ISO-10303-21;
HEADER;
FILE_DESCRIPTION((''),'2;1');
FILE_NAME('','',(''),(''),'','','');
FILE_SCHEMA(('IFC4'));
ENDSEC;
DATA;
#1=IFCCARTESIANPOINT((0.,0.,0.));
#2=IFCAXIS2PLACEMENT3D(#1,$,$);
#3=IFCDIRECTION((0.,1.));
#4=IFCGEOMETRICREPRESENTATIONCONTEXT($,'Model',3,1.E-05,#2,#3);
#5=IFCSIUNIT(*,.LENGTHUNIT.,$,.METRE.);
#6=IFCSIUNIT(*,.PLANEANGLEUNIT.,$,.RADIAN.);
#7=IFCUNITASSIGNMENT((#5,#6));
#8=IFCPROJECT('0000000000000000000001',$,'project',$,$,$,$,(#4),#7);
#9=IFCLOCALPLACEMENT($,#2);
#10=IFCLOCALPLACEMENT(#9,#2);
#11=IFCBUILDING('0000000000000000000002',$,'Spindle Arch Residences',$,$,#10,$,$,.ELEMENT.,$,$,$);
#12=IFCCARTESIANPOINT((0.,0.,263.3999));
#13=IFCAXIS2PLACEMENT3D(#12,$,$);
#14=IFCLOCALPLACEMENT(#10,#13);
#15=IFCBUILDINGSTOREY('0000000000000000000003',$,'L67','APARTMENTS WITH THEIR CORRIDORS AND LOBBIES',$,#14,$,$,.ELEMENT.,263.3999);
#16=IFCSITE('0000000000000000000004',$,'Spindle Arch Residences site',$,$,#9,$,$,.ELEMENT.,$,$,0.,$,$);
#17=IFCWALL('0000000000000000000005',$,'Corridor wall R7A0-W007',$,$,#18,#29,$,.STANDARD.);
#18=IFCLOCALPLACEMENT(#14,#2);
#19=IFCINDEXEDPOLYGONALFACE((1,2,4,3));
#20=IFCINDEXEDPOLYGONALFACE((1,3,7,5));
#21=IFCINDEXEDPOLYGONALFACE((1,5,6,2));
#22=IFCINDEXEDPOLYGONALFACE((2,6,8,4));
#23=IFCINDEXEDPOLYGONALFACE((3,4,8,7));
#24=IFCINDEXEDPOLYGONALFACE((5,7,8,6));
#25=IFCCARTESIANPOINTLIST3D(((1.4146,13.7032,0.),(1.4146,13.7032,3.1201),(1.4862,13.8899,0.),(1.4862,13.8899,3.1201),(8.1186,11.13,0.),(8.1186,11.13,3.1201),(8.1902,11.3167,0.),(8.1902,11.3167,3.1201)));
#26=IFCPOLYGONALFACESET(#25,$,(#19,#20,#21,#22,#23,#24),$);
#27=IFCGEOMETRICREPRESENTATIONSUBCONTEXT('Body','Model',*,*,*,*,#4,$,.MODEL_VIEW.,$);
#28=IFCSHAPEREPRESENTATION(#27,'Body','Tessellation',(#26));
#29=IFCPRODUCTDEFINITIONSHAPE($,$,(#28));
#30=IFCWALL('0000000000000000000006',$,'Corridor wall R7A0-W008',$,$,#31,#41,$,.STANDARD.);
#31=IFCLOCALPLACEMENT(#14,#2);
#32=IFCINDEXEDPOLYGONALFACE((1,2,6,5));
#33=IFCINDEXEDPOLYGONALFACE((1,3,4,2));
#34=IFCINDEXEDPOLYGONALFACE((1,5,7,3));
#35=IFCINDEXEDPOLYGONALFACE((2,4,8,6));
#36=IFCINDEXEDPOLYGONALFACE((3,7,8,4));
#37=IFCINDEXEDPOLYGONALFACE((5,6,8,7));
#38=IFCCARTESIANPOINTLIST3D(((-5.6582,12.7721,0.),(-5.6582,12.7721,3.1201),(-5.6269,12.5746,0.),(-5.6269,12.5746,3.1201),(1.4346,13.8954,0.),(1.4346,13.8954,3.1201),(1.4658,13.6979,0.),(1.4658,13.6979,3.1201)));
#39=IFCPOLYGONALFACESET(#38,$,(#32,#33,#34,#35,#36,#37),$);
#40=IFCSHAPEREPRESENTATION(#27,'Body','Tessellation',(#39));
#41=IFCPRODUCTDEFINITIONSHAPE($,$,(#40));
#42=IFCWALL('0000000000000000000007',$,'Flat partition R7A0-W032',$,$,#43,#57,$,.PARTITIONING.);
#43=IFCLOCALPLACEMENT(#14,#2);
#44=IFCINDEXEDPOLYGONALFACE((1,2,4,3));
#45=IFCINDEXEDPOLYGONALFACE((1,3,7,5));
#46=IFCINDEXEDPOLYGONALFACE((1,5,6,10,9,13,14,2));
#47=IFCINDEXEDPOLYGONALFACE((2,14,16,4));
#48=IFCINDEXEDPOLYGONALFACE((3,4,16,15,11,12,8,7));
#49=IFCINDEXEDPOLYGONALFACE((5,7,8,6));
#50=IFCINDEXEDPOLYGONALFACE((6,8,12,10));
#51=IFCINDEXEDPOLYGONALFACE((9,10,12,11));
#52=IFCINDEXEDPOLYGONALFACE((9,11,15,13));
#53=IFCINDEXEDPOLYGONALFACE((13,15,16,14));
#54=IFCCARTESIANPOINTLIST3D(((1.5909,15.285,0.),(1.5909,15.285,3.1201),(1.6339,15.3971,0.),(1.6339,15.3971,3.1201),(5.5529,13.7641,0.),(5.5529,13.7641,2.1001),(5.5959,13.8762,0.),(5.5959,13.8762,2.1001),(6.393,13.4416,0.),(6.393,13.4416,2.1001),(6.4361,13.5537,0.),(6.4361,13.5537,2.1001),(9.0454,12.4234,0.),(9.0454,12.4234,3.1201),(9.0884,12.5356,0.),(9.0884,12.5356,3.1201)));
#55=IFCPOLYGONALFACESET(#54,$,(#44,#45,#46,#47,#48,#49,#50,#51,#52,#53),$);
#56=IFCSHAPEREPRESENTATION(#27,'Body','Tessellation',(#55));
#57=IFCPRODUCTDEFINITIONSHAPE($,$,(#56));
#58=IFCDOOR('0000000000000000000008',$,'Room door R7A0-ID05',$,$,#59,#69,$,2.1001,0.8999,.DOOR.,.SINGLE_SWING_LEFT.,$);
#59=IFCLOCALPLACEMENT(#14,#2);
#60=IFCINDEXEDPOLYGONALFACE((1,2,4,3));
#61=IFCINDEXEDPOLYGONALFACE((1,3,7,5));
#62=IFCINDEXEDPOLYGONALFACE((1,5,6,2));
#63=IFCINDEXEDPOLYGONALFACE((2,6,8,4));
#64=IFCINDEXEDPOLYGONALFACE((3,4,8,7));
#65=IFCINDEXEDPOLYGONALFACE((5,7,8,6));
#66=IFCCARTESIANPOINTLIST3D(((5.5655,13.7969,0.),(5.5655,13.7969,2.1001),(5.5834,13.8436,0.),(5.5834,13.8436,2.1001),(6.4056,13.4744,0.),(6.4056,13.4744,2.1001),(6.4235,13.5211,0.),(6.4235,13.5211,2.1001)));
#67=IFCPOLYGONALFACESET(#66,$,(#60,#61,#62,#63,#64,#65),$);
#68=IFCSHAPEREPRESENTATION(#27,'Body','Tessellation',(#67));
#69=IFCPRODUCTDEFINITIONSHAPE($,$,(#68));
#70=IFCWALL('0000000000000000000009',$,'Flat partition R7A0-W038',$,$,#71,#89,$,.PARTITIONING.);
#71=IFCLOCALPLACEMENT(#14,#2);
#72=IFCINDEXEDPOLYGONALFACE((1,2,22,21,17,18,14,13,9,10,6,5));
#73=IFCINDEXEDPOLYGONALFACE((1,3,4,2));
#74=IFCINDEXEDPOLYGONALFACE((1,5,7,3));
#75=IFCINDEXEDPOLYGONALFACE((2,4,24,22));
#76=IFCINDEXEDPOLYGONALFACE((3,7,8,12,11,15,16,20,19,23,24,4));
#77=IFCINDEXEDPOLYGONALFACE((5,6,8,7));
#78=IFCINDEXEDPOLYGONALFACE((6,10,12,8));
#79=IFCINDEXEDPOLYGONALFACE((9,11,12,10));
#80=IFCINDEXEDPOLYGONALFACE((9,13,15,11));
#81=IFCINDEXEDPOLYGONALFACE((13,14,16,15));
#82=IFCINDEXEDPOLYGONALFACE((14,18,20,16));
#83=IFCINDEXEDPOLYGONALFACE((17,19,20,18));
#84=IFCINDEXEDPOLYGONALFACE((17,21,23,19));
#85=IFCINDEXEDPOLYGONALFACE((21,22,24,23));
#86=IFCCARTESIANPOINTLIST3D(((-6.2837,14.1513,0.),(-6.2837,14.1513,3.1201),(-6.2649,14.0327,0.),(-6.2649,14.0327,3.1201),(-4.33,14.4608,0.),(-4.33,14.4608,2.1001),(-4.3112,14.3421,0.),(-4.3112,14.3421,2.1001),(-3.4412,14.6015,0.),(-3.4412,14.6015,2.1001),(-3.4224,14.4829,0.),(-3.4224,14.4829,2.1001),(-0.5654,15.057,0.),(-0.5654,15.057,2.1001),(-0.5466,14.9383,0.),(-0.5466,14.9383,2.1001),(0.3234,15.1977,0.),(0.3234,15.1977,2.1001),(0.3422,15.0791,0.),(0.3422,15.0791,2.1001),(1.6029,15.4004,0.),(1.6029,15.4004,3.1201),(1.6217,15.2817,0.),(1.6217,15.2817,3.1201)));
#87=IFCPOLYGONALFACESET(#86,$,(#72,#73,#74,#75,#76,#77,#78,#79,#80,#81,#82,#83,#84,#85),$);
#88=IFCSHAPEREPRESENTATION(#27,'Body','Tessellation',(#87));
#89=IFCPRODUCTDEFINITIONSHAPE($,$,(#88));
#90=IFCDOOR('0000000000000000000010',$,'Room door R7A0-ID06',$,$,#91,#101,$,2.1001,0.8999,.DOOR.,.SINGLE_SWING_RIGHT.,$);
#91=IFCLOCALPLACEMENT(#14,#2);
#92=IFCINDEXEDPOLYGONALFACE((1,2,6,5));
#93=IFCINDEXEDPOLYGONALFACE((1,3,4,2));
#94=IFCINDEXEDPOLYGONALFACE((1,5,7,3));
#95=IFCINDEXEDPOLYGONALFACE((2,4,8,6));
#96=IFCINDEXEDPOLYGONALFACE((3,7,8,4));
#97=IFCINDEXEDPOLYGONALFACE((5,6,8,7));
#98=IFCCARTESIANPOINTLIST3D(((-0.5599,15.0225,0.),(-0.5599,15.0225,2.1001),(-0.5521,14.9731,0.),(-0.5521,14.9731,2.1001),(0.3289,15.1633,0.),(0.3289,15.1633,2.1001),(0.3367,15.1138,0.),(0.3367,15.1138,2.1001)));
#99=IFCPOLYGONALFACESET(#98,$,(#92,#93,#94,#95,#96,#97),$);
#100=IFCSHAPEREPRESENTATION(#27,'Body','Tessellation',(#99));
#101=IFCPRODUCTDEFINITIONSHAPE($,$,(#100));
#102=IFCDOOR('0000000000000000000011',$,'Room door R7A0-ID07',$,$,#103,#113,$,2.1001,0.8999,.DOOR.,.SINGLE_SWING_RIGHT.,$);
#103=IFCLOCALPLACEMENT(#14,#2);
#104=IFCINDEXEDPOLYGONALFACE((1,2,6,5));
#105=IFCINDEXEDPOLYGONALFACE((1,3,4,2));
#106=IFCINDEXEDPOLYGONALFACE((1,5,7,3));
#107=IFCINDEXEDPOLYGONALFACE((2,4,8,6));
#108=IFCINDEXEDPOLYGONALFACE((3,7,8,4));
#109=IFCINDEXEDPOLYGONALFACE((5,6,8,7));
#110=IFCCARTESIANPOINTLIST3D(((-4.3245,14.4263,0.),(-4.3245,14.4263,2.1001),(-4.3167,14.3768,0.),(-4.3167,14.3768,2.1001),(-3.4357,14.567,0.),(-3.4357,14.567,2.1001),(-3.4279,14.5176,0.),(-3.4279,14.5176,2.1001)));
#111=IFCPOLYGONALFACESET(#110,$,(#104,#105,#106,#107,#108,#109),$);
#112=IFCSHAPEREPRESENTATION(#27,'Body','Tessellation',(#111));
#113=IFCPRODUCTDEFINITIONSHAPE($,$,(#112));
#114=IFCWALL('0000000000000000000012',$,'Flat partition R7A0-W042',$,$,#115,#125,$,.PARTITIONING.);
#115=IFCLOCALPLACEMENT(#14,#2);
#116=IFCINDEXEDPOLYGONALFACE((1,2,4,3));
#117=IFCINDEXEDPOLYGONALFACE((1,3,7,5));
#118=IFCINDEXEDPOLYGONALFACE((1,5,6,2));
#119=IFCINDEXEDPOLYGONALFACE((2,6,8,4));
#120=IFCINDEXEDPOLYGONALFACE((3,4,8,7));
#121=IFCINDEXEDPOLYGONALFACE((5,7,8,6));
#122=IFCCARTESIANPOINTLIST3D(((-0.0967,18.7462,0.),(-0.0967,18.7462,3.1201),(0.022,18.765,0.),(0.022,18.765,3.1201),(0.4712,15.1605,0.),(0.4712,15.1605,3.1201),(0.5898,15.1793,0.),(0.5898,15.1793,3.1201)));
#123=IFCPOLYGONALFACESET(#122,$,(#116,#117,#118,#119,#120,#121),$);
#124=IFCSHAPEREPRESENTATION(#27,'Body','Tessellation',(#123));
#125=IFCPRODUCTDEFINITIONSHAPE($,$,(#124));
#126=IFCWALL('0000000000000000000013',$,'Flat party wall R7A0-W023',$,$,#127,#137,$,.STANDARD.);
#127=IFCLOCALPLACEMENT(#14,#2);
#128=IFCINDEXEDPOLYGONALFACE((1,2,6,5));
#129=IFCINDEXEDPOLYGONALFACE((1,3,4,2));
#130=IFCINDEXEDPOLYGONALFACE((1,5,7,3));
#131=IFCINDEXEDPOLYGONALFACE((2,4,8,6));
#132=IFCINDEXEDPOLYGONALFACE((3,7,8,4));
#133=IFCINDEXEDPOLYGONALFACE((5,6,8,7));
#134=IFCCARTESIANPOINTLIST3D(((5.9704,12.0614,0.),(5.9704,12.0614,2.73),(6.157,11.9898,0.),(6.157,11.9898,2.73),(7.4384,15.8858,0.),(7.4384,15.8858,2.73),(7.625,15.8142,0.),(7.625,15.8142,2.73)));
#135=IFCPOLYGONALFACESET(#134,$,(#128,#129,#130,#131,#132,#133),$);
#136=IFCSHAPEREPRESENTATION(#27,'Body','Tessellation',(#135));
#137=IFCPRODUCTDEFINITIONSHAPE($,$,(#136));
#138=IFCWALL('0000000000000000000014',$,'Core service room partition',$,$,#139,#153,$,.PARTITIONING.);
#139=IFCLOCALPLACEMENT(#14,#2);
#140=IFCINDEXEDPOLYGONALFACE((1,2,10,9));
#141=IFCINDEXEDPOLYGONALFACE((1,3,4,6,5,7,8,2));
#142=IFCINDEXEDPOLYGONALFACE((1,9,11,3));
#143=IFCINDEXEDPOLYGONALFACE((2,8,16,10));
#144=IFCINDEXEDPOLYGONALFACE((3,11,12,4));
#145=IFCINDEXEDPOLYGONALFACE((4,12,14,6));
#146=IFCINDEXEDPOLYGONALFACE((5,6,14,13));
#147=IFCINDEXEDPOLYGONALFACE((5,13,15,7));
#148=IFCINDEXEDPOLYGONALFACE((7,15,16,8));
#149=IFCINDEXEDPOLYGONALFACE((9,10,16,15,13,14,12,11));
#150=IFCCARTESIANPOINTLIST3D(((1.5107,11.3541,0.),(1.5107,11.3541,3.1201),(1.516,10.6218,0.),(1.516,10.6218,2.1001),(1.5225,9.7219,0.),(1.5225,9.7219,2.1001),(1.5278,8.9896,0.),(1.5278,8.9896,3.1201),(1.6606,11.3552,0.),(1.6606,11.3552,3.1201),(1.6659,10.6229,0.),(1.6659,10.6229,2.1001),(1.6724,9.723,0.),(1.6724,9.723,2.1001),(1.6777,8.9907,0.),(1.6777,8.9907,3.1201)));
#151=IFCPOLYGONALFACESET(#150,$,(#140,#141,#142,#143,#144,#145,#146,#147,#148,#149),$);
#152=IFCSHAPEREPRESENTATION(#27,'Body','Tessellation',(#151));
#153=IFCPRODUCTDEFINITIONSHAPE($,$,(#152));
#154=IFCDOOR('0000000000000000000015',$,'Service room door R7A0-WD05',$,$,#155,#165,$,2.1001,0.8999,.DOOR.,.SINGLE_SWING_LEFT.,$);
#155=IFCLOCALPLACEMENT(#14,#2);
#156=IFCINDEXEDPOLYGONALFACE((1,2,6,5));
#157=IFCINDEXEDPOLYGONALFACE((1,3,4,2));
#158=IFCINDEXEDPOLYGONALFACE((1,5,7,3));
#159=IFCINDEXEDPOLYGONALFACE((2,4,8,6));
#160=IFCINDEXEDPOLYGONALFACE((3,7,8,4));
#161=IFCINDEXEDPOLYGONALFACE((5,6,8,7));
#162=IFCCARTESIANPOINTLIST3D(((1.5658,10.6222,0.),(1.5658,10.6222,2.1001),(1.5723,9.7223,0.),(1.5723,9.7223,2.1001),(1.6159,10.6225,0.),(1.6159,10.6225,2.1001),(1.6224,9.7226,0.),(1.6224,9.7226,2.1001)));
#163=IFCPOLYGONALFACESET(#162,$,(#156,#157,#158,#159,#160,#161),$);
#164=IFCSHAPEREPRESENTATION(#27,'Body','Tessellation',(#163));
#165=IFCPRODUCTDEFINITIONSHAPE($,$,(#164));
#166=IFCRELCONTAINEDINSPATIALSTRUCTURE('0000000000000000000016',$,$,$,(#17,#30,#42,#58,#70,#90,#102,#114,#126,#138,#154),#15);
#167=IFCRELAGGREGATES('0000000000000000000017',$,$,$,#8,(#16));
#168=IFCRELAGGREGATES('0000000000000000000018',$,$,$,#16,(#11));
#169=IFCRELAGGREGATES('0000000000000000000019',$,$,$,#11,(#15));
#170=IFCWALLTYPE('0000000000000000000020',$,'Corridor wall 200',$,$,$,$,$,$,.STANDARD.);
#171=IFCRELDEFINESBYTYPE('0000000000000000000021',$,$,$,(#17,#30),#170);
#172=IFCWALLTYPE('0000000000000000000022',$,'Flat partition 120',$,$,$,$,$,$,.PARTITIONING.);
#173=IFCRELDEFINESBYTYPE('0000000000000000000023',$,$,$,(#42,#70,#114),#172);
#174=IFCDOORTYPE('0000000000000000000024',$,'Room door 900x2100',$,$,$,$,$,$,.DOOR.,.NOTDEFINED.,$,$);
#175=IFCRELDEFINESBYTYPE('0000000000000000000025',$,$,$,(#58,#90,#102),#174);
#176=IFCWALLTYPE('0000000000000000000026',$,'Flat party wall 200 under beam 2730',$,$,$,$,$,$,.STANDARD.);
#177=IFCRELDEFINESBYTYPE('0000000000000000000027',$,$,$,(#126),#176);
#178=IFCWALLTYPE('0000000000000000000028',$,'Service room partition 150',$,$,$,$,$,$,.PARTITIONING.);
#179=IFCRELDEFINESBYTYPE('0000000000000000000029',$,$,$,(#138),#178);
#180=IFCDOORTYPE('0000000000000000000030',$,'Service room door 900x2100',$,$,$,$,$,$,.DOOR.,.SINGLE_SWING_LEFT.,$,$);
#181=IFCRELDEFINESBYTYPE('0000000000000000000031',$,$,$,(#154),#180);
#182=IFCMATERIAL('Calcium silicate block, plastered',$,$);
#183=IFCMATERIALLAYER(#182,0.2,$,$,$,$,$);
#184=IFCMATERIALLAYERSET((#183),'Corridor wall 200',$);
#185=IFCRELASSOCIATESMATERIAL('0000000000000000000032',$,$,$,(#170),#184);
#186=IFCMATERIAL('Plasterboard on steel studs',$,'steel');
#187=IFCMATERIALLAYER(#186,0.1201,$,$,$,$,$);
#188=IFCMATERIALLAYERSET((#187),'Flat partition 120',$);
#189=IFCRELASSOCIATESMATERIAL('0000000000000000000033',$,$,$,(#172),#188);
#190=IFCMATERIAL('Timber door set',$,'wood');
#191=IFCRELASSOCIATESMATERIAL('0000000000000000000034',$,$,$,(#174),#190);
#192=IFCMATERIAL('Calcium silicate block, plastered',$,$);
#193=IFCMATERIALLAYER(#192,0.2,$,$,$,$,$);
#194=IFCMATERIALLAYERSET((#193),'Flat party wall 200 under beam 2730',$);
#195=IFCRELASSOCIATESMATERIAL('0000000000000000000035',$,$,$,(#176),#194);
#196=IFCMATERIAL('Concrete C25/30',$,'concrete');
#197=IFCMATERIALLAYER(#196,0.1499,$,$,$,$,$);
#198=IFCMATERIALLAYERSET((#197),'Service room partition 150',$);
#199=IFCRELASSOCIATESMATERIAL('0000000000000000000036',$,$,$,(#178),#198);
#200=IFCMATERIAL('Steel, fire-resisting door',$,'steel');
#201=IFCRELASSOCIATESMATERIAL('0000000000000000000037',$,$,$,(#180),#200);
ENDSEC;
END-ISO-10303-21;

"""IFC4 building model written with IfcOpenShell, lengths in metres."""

from ifc_helpers import new_model, si_unit, direction, frame, frame_2d, origin, place, context, subcontext, project, spatial, rectangle, extrude, material, layer, layer_set, type_object, element, fill, save


model = new_model("IFC4")

# Units and contexts
model_context = context("Model", 3, precision=1e-05, world=origin(), true_north=direction((0.0, 1.0)))
body_context = subcontext(model_context, "Body", "Model", "MODEL_VIEW")
ifc_project = project(units=[si_unit("LENGTHUNIT", "METRE"), si_unit("PLANEANGLEUNIT", "RADIAN")], contexts=[model_context])

# Site, building, storey
site_placement = place(None, origin())
site = spatial("IfcSite", under=ifc_project, at=site_placement, Name="Spindle Arch Residences site", CompositionType="ELEMENT", RefElevation=0.0)
building_placement = place(site_placement, origin())
building = spatial("IfcBuilding", under=site, at=building_placement, Name="Spindle Arch Residences", CompositionType="ELEMENT")
storey_placement = place(building_placement, frame((0.0, 0.0, 263.3999)))
storey = spatial("IfcBuildingStorey", under=building, at=storey_placement, Name="L67", Description="APARTMENTS WITH THEIR CORRIDORS AND LOBBIES", CompositionType="ELEMENT", Elevation=263.3999)

# Walls
ifc_material_1 = material(Name="Calcium silicate block, plastered")
ifc_layer_1 = layer(ifc_material_1, 0.2)
ifc_layer_set_1 = layer_set([ifc_layer_1], Name="Corridor wall 200")
wall_type_1 = type_object("IfcWallType", Name="Corridor wall 200", PredefinedType="STANDARD", material=ifc_layer_set_1)
wall_1_placement = place(storey_placement, frame((8.1543, 11.2234, 0.0), z_axis=(0.0, 0.0, 1.0), x_axis=(-0.933591, 0.358341, 0.0)))
element("IfcWall", 1, at=wall_1_placement, inside=storey, type_object=wall_type_1, Name="Corridor wall R7A0-W007", PredefinedType="STANDARD", context=body_context, shape_type="SweptSolid", body=[
    extrude(rectangle(XDim=7.1809, YDim=0.2, at=frame_2d((3.5903, 0.0))), origin(), (0.0, 0.0, 1.0), 3.1201),
])
wall_2_placement = place(storey_placement, frame((1.4502, 13.7966, 0.0), z_axis=(0.0, 0.0, 1.0), x_axis=(-0.98769, -0.156422, 0.0)))
element("IfcWall", 2, at=wall_2_placement, inside=storey, type_object=wall_type_1, Name="Corridor wall R7A0-W008", PredefinedType="STANDARD", context=body_context, shape_type="SweptSolid", body=[
    extrude(rectangle(XDim=7.1812, YDim=0.2, at=frame_2d((3.5906, 0.0))), origin(), (0.0, 0.0, 1.0), 3.1201),
])

# Wall, opening, door
ifc_material_2 = material(Name="Plasterboard on steel studs", Category="steel")
ifc_layer_2 = layer(ifc_material_2, 0.1201)
ifc_layer_set_2 = layer_set([ifc_layer_2], Name="Flat partition 120")
wall_type_2 = type_object("IfcWallType", Name="Flat partition 120", PredefinedType="PARTITIONING", material=ifc_layer_set_2)
wall_3_placement = place(storey_placement, frame((9.0669, 12.4795, 0.0), z_axis=(0.0, 0.0, 1.0), x_axis=(-0.933579, 0.35837, 0.0)))
wall_3 = element("IfcWall", 3, at=wall_3_placement, inside=storey, type_object=wall_type_2, Name="Flat partition R7A0-W032", PredefinedType="PARTITIONING", context=body_context, shape_type="SweptSolid", body=[
    extrude(rectangle(XDim=7.9849, YDim=0.1201, at=frame_2d((3.9924, 0.0))), origin(), (0.0, 0.0, 1.0), 3.1201),
])
opening_1_placement = place(wall_3_placement, frame((2.8411, 0.0, 0.0)))
opening_1 = element("IfcOpeningElement", 4, at=opening_1_placement, cuts=wall_3, PredefinedType="OPENING", context=body_context, shape_type="SweptSolid", body=[
    extrude(rectangle(XDim=0.8999, YDim=2.1001, at=frame_2d((0.45, 1.05))), frame((0.0, 0.0701, 0.0), z_axis=(0.0, -1.0, 0.0), x_axis=(1.0, 0.0, 0.0)), (0.0, 0.0, 1.0), 0.1401),
])
ifc_material_3 = material(Name="Timber door set", Category="wood")
door_type_1 = type_object("IfcDoorType", Name="Room door 900x2100", OperationType="NOTDEFINED", PredefinedType="DOOR", material=ifc_material_3)
door_1_placement = place(opening_1_placement, origin())
door_1 = element("IfcDoor", 5, at=door_1_placement, inside=storey, type_object=door_type_1, Name="Room door R7A0-ID05", OperationType="SINGLE_SWING_LEFT", OverallHeight=2.1001, OverallWidth=0.8999, PredefinedType="DOOR", context=body_context, shape_type="SweptSolid", body=[
    extrude(rectangle(XDim=0.8999, YDim=2.1001, at=frame_2d((0.45, 1.05))), frame((0.0, 0.0249, 0.0), z_axis=(0.0, -1.0, 0.0), x_axis=(1.0, 0.0, 0.0)), (0.0, 0.0, 1.0), 0.05),
])
fill(opening_1, door_1)

# Wall, openings, doors
wall_4_placement = place(storey_placement, frame((1.6123, 15.3411, 0.0), z_axis=(0.0, 0.0, 1.0), x_axis=(-0.98769, -0.156426, 0.0)))
wall_4 = element("IfcWall", 6, at=wall_4_placement, inside=storey, type_object=wall_type_2, Name="Flat partition R7A0-W038", PredefinedType="PARTITIONING", context=body_context, shape_type="SweptSolid", body=[
    extrude(rectangle(XDim=7.9849, YDim=0.1201, at=frame_2d((3.9924, 0.0))), origin(), (0.0, 0.0, 1.0), 3.1201),
])
opening_2_placement = place(wall_4_placement, frame((1.2954, 0.0, 0.0)))
opening_2 = element("IfcOpeningElement", 7, at=opening_2_placement, cuts=wall_4, PredefinedType="OPENING", context=body_context, shape_type="SweptSolid", body=[
    extrude(rectangle(XDim=0.8999, YDim=2.1001, at=frame_2d((0.45, 1.05))), frame((0.0, 0.0701, 0.0), z_axis=(0.0, -1.0, 0.0), x_axis=(1.0, 0.0, 0.0)), (0.0, 0.0, 1.0), 0.1401),
])
opening_3_placement = place(wall_4_placement, frame((5.1069, 0.0, 0.0)))
opening_3 = element("IfcOpeningElement", 8, at=opening_3_placement, cuts=wall_4, PredefinedType="OPENING", context=body_context, shape_type="SweptSolid", body=[
    extrude(rectangle(XDim=0.8999, YDim=2.1001, at=frame_2d((0.45, 1.05))), frame((0.0, 0.0701, 0.0), z_axis=(0.0, -1.0, 0.0), x_axis=(1.0, 0.0, 0.0)), (0.0, 0.0, 1.0), 0.1401),
])
door_2_placement = place(opening_2_placement, origin())
door_2 = element("IfcDoor", 9, at=door_2_placement, inside=storey, type_object=door_type_1, Name="Room door R7A0-ID06", OperationType="SINGLE_SWING_RIGHT", OverallHeight=2.1001, OverallWidth=0.8999, PredefinedType="DOOR", context=body_context, shape_type="SweptSolid", body=[
    extrude(rectangle(XDim=0.8999, YDim=2.1001, at=frame_2d((0.45, 1.05))), frame((0.0, 0.0249, 0.0), z_axis=(0.0, -1.0, 0.0), x_axis=(1.0, 0.0, 0.0)), (0.0, 0.0, 1.0), 0.05),
])
fill(opening_2, door_2)
door_3_placement = place(opening_3_placement, origin())
door_3 = element("IfcDoor", 10, at=door_3_placement, inside=storey, type_object=door_type_1, Name="Room door R7A0-ID07", OperationType="SINGLE_SWING_RIGHT", OverallHeight=2.1001, OverallWidth=0.8999, PredefinedType="DOOR", context=body_context, shape_type="SweptSolid", body=[
    extrude(rectangle(XDim=0.8999, YDim=2.1001, at=frame_2d((0.45, 1.05))), frame((0.0, 0.0249, 0.0), z_axis=(0.0, -1.0, 0.0), x_axis=(1.0, 0.0, 0.0)), (0.0, 0.0, 1.0), 0.05),
])
fill(opening_3, door_3)

# Walls
wall_5_placement = place(storey_placement, frame((-0.0374, 18.7556, 0.0), z_axis=(0.0, 0.0, 1.0), x_axis=(0.156422, -0.98769, 0.0)))
element("IfcWall", 11, at=wall_5_placement, inside=storey, type_object=wall_type_2, Name="Flat partition R7A0-W042", PredefinedType="PARTITIONING", context=body_context, shape_type="SweptSolid", body=[
    extrude(rectangle(XDim=3.6304, YDim=0.1201, at=frame_2d((1.8152, 0.0))), origin(), (0.0, 0.0, 1.0), 3.1201),
])
ifc_material_4 = material(Name="Calcium silicate block, plastered")
ifc_layer_3 = layer(ifc_material_4, 0.2)
ifc_layer_set_3 = layer_set([ifc_layer_3], Name="Flat party wall 200 under beam 2730")
wall_type_3 = type_object("IfcWallType", Name="Flat party wall 200 under beam 2730", PredefinedType="STANDARD", material=ifc_layer_set_3)
wall_6_placement = place(storey_placement, frame((7.5317, 15.8501, 0.0), z_axis=(0.0, 0.0, 1.0), x_axis=(-0.358356, -0.933585, 0.0)))
element("IfcWall", 12, at=wall_6_placement, inside=storey, type_object=wall_type_3, Name="Flat party wall R7A0-W023", PredefinedType="STANDARD", context=body_context, shape_type="SweptSolid", body=[
    extrude(rectangle(XDim=4.0964, YDim=0.2, at=frame_2d((2.0483, 0.0))), origin(), (0.0, 0.0, 1.0), 2.73),
])

# Wall, opening, door
ifc_material_5 = material(Name="Concrete C25/30", Category="concrete")
ifc_layer_4 = layer(ifc_material_5, 0.1499)
ifc_layer_set_4 = layer_set([ifc_layer_4], Name="Service room partition 150")
wall_type_4 = type_object("IfcWallType", Name="Service room partition 150", PredefinedType="PARTITIONING", material=ifc_layer_set_4)
wall_7_placement = place(storey_placement, frame((1.5857, 11.3545, 0.0), z_axis=(0.0, 0.0, 1.0), x_axis=(0.007227, -0.999974, 0.0)))
wall_7 = element("IfcWall", 13, at=wall_7_placement, inside=storey, type_object=wall_type_4, Name="Core service room partition", PredefinedType="PARTITIONING", context=body_context, shape_type="SweptSolid", body=[
    extrude(rectangle(XDim=2.3645, YDim=0.1499, at=frame_2d((1.1821, 0.0))), origin(), (0.0, 0.0, 1.0), 3.1201),
])
opening_4_placement = place(wall_7_placement, frame((0.7322, 0.0, 0.0)))
opening_4 = element("IfcOpeningElement", 14, at=opening_4_placement, cuts=wall_7, PredefinedType="OPENING", context=body_context, shape_type="SweptSolid", body=[
    extrude(rectangle(XDim=0.8999, YDim=2.1001, at=frame_2d((0.45, 1.05))), frame((0.0, 0.085, 0.0), z_axis=(0.0, -1.0, 0.0), x_axis=(1.0, 0.0, 0.0)), (0.0, 0.0, 1.0), 0.1699),
])
ifc_material_6 = material(Name="Steel, fire-resisting door", Category="steel")
door_type_2 = type_object("IfcDoorType", Name="Service room door 900x2100", OperationType="SINGLE_SWING_LEFT", PredefinedType="DOOR", material=ifc_material_6)
door_4_placement = place(opening_4_placement, origin())
door_4 = element("IfcDoor", 15, at=door_4_placement, inside=storey, type_object=door_type_2, Name="Service room door R7A0-WD05", OperationType="SINGLE_SWING_LEFT", OverallHeight=2.1001, OverallWidth=0.8999, PredefinedType="DOOR", context=body_context, shape_type="SweptSolid", body=[
    extrude(rectangle(XDim=0.8999, YDim=2.1001, at=frame_2d((0.45, 1.05))), frame((0.0, 0.0249, 0.0), z_axis=(0.0, -1.0, 0.0), x_axis=(1.0, 0.0, 0.0)), (0.0, 0.0, 1.0), 0.05),
])
fill(opening_4, door_4)

save(model, "model.ifc")
